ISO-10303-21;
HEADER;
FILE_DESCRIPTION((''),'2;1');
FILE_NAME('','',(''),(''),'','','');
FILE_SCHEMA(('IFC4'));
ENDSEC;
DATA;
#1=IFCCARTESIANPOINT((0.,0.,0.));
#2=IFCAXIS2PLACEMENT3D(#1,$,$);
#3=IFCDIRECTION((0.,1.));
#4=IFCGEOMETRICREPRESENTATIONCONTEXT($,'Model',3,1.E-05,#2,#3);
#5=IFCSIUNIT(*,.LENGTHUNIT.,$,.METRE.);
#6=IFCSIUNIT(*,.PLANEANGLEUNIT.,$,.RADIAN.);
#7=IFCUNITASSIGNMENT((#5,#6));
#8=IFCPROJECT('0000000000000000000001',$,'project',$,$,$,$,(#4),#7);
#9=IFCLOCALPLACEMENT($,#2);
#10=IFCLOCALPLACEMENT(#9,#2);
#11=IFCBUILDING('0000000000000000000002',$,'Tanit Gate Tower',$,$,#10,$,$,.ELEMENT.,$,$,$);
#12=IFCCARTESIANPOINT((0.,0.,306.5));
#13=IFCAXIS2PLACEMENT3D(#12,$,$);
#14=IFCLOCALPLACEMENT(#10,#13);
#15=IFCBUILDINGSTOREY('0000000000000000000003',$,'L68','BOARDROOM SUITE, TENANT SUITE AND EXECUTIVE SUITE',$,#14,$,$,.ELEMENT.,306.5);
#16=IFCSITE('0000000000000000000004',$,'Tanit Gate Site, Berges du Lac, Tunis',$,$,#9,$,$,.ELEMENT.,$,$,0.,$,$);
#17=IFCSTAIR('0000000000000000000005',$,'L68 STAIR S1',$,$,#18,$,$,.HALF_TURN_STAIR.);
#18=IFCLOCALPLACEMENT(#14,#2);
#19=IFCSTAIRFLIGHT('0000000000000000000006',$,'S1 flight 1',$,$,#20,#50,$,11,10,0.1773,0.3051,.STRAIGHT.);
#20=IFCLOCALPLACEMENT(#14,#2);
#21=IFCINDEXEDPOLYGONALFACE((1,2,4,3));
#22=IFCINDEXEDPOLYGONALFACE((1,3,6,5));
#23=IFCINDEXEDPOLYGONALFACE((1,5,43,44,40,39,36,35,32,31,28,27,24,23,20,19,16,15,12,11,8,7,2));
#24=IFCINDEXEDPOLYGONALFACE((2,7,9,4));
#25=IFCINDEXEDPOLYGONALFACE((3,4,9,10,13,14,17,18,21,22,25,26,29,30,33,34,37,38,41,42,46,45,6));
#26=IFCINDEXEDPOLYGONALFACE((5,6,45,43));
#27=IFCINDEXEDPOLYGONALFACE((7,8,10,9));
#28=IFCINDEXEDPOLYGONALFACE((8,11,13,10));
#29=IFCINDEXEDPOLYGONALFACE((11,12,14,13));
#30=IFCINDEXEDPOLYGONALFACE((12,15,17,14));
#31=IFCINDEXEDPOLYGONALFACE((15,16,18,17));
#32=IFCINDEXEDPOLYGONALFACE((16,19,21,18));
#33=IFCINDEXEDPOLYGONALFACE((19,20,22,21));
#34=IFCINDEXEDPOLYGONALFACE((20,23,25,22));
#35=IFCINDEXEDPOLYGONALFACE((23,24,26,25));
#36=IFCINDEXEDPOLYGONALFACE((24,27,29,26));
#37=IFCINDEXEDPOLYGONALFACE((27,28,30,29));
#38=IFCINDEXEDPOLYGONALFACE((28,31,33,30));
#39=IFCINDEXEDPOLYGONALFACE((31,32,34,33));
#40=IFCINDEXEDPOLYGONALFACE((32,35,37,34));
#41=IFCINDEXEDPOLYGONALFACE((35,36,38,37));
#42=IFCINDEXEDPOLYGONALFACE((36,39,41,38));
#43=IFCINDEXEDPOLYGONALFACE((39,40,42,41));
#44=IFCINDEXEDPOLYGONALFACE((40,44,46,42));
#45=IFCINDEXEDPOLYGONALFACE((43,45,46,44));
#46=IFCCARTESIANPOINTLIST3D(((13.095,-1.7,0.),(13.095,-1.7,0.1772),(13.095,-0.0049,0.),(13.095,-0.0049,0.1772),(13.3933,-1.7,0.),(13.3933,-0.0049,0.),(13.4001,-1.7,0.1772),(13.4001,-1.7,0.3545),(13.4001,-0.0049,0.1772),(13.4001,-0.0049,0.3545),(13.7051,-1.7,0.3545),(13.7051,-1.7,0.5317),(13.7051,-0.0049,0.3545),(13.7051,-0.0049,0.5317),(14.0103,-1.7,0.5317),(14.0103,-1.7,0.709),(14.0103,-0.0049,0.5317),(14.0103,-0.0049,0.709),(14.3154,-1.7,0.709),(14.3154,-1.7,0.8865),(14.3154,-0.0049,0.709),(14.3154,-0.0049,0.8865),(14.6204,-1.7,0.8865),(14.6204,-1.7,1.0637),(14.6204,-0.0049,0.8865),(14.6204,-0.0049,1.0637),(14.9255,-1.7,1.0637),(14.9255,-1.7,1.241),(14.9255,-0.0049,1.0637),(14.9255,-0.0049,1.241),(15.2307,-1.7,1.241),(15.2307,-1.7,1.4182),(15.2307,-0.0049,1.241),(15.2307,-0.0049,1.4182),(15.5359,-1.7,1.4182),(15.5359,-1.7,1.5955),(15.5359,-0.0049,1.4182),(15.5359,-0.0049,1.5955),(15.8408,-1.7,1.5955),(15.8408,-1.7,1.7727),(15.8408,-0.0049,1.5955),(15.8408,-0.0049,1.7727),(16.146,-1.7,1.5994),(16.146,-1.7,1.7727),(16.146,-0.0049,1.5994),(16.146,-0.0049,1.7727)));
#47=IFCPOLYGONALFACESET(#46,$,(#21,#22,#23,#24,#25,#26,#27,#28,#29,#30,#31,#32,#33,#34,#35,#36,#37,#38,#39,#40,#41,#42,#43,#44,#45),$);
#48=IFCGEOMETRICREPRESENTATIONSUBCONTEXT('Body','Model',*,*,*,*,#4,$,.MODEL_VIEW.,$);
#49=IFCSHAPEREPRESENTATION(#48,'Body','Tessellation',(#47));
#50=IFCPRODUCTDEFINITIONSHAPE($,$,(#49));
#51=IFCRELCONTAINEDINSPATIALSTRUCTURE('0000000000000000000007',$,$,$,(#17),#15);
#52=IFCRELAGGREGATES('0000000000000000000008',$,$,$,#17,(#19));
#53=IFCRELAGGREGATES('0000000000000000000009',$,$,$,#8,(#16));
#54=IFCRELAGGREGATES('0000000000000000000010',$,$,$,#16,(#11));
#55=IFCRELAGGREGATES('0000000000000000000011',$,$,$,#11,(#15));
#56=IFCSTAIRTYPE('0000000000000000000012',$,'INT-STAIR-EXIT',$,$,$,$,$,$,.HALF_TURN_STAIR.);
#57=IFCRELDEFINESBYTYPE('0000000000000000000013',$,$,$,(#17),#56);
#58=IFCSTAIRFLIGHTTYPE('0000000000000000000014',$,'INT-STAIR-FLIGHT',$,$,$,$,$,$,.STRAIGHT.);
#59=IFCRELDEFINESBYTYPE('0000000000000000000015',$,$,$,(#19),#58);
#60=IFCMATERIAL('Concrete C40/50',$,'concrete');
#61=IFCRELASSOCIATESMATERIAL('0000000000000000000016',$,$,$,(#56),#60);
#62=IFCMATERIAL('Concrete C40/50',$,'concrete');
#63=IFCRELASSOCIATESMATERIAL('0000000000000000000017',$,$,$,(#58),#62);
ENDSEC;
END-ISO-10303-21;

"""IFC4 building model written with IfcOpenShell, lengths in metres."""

from ifc_helpers import new_model, si_unit, direction, frame, origin, place, context, subcontext, project, spatial, polyline, outline, extrude, material, type_object, element, aggregate, save


model = new_model("IFC4")

# Units and contexts
model_context = context("Model", 3, precision=1e-05, world=origin(), true_north=direction((0.0, 1.0)))
body_context = subcontext(model_context, "Body", "Model", "MODEL_VIEW")
ifc_project = project(units=[si_unit("LENGTHUNIT", "METRE"), si_unit("PLANEANGLEUNIT", "RADIAN")], contexts=[model_context])

# Site, building, storey
site_placement = place(None, origin())
site = spatial("IfcSite", under=ifc_project, at=site_placement, Name="Tanit Gate Site, Berges du Lac, Tunis", CompositionType="ELEMENT", RefElevation=0.0)
building_placement = place(site_placement, origin())
building = spatial("IfcBuilding", under=site, at=building_placement, Name="Tanit Gate Tower", CompositionType="ELEMENT")
storey_placement = place(building_placement, frame((0.0, 0.0, 306.5)))
storey = spatial("IfcBuildingStorey", under=building, at=storey_placement, Name="L68", Description="BOARDROOM SUITE, TENANT SUITE AND EXECUTIVE SUITE", CompositionType="ELEMENT", Elevation=306.5)

# Stair, stair flight
ifc_material_1 = material(Name="Concrete C40/50", Category="concrete")
stair_type = type_object("IfcStairType", Name="INT-STAIR-EXIT", PredefinedType="HALF_TURN_STAIR", material=ifc_material_1)
stair_placement = place(storey_placement, origin())
stair = element("IfcStair", 1, at=stair_placement, inside=storey, type_object=stair_type, Name="L68 STAIR S1", PredefinedType="HALF_TURN_STAIR")
ifc_material_2 = material(Name="Concrete C40/50", Category="concrete")
stair_flight_type = type_object("IfcStairFlightType", Name="INT-STAIR-FLIGHT", PredefinedType="STRAIGHT", material=ifc_material_2)
stair_flight_placement = place(storey_placement, frame((13.095, -0.8525, 0.0), z_axis=(0.0, 0.0, 1.0), x_axis=(1.0, 0.0, 0.0)))
stair_flight = element("IfcStairFlight", 2, at=stair_flight_placement, type_object=stair_flight_type, Name="S1 flight 1", NumberOfRisers=11, NumberOfTreads=10, PredefinedType="STRAIGHT", RiserHeight=0.1773, TreadLength=0.3051, context=body_context, shape_type="SweptSolid", body=[
    extrude(outline(polyline([(0.0, 0.0), (0.0, 0.1772), (0.3052, 0.1772), (0.3052, 0.3545), (0.6101, 0.3545), (0.6101, 0.5317), (0.9153, 0.5317), (0.9153, 0.709), (1.2205, 0.709), (1.2205, 0.8865), (1.5254, 0.8865), (1.5254, 1.0637), (1.8306, 1.0637), (1.8306, 1.241), (2.1357, 1.241), (2.1357, 1.4182), (2.4409, 1.4182), (2.4409, 1.5955), (2.7458, 1.5955), (2.7458, 1.7727), (3.051, 1.7727), (3.051, 1.95), (3.051, 1.5994), (0.2983, 0.0), (0.0, 0.0)])), frame((0.0, 0.8477, 0.0), z_axis=(0.0, -1.0, 0.0), x_axis=(1.0, 0.0, 0.0)), (0.0, 0.0, 1.0), 1.6951),
])
aggregate(stair, [stair_flight])

save(model, "model.ifc")
